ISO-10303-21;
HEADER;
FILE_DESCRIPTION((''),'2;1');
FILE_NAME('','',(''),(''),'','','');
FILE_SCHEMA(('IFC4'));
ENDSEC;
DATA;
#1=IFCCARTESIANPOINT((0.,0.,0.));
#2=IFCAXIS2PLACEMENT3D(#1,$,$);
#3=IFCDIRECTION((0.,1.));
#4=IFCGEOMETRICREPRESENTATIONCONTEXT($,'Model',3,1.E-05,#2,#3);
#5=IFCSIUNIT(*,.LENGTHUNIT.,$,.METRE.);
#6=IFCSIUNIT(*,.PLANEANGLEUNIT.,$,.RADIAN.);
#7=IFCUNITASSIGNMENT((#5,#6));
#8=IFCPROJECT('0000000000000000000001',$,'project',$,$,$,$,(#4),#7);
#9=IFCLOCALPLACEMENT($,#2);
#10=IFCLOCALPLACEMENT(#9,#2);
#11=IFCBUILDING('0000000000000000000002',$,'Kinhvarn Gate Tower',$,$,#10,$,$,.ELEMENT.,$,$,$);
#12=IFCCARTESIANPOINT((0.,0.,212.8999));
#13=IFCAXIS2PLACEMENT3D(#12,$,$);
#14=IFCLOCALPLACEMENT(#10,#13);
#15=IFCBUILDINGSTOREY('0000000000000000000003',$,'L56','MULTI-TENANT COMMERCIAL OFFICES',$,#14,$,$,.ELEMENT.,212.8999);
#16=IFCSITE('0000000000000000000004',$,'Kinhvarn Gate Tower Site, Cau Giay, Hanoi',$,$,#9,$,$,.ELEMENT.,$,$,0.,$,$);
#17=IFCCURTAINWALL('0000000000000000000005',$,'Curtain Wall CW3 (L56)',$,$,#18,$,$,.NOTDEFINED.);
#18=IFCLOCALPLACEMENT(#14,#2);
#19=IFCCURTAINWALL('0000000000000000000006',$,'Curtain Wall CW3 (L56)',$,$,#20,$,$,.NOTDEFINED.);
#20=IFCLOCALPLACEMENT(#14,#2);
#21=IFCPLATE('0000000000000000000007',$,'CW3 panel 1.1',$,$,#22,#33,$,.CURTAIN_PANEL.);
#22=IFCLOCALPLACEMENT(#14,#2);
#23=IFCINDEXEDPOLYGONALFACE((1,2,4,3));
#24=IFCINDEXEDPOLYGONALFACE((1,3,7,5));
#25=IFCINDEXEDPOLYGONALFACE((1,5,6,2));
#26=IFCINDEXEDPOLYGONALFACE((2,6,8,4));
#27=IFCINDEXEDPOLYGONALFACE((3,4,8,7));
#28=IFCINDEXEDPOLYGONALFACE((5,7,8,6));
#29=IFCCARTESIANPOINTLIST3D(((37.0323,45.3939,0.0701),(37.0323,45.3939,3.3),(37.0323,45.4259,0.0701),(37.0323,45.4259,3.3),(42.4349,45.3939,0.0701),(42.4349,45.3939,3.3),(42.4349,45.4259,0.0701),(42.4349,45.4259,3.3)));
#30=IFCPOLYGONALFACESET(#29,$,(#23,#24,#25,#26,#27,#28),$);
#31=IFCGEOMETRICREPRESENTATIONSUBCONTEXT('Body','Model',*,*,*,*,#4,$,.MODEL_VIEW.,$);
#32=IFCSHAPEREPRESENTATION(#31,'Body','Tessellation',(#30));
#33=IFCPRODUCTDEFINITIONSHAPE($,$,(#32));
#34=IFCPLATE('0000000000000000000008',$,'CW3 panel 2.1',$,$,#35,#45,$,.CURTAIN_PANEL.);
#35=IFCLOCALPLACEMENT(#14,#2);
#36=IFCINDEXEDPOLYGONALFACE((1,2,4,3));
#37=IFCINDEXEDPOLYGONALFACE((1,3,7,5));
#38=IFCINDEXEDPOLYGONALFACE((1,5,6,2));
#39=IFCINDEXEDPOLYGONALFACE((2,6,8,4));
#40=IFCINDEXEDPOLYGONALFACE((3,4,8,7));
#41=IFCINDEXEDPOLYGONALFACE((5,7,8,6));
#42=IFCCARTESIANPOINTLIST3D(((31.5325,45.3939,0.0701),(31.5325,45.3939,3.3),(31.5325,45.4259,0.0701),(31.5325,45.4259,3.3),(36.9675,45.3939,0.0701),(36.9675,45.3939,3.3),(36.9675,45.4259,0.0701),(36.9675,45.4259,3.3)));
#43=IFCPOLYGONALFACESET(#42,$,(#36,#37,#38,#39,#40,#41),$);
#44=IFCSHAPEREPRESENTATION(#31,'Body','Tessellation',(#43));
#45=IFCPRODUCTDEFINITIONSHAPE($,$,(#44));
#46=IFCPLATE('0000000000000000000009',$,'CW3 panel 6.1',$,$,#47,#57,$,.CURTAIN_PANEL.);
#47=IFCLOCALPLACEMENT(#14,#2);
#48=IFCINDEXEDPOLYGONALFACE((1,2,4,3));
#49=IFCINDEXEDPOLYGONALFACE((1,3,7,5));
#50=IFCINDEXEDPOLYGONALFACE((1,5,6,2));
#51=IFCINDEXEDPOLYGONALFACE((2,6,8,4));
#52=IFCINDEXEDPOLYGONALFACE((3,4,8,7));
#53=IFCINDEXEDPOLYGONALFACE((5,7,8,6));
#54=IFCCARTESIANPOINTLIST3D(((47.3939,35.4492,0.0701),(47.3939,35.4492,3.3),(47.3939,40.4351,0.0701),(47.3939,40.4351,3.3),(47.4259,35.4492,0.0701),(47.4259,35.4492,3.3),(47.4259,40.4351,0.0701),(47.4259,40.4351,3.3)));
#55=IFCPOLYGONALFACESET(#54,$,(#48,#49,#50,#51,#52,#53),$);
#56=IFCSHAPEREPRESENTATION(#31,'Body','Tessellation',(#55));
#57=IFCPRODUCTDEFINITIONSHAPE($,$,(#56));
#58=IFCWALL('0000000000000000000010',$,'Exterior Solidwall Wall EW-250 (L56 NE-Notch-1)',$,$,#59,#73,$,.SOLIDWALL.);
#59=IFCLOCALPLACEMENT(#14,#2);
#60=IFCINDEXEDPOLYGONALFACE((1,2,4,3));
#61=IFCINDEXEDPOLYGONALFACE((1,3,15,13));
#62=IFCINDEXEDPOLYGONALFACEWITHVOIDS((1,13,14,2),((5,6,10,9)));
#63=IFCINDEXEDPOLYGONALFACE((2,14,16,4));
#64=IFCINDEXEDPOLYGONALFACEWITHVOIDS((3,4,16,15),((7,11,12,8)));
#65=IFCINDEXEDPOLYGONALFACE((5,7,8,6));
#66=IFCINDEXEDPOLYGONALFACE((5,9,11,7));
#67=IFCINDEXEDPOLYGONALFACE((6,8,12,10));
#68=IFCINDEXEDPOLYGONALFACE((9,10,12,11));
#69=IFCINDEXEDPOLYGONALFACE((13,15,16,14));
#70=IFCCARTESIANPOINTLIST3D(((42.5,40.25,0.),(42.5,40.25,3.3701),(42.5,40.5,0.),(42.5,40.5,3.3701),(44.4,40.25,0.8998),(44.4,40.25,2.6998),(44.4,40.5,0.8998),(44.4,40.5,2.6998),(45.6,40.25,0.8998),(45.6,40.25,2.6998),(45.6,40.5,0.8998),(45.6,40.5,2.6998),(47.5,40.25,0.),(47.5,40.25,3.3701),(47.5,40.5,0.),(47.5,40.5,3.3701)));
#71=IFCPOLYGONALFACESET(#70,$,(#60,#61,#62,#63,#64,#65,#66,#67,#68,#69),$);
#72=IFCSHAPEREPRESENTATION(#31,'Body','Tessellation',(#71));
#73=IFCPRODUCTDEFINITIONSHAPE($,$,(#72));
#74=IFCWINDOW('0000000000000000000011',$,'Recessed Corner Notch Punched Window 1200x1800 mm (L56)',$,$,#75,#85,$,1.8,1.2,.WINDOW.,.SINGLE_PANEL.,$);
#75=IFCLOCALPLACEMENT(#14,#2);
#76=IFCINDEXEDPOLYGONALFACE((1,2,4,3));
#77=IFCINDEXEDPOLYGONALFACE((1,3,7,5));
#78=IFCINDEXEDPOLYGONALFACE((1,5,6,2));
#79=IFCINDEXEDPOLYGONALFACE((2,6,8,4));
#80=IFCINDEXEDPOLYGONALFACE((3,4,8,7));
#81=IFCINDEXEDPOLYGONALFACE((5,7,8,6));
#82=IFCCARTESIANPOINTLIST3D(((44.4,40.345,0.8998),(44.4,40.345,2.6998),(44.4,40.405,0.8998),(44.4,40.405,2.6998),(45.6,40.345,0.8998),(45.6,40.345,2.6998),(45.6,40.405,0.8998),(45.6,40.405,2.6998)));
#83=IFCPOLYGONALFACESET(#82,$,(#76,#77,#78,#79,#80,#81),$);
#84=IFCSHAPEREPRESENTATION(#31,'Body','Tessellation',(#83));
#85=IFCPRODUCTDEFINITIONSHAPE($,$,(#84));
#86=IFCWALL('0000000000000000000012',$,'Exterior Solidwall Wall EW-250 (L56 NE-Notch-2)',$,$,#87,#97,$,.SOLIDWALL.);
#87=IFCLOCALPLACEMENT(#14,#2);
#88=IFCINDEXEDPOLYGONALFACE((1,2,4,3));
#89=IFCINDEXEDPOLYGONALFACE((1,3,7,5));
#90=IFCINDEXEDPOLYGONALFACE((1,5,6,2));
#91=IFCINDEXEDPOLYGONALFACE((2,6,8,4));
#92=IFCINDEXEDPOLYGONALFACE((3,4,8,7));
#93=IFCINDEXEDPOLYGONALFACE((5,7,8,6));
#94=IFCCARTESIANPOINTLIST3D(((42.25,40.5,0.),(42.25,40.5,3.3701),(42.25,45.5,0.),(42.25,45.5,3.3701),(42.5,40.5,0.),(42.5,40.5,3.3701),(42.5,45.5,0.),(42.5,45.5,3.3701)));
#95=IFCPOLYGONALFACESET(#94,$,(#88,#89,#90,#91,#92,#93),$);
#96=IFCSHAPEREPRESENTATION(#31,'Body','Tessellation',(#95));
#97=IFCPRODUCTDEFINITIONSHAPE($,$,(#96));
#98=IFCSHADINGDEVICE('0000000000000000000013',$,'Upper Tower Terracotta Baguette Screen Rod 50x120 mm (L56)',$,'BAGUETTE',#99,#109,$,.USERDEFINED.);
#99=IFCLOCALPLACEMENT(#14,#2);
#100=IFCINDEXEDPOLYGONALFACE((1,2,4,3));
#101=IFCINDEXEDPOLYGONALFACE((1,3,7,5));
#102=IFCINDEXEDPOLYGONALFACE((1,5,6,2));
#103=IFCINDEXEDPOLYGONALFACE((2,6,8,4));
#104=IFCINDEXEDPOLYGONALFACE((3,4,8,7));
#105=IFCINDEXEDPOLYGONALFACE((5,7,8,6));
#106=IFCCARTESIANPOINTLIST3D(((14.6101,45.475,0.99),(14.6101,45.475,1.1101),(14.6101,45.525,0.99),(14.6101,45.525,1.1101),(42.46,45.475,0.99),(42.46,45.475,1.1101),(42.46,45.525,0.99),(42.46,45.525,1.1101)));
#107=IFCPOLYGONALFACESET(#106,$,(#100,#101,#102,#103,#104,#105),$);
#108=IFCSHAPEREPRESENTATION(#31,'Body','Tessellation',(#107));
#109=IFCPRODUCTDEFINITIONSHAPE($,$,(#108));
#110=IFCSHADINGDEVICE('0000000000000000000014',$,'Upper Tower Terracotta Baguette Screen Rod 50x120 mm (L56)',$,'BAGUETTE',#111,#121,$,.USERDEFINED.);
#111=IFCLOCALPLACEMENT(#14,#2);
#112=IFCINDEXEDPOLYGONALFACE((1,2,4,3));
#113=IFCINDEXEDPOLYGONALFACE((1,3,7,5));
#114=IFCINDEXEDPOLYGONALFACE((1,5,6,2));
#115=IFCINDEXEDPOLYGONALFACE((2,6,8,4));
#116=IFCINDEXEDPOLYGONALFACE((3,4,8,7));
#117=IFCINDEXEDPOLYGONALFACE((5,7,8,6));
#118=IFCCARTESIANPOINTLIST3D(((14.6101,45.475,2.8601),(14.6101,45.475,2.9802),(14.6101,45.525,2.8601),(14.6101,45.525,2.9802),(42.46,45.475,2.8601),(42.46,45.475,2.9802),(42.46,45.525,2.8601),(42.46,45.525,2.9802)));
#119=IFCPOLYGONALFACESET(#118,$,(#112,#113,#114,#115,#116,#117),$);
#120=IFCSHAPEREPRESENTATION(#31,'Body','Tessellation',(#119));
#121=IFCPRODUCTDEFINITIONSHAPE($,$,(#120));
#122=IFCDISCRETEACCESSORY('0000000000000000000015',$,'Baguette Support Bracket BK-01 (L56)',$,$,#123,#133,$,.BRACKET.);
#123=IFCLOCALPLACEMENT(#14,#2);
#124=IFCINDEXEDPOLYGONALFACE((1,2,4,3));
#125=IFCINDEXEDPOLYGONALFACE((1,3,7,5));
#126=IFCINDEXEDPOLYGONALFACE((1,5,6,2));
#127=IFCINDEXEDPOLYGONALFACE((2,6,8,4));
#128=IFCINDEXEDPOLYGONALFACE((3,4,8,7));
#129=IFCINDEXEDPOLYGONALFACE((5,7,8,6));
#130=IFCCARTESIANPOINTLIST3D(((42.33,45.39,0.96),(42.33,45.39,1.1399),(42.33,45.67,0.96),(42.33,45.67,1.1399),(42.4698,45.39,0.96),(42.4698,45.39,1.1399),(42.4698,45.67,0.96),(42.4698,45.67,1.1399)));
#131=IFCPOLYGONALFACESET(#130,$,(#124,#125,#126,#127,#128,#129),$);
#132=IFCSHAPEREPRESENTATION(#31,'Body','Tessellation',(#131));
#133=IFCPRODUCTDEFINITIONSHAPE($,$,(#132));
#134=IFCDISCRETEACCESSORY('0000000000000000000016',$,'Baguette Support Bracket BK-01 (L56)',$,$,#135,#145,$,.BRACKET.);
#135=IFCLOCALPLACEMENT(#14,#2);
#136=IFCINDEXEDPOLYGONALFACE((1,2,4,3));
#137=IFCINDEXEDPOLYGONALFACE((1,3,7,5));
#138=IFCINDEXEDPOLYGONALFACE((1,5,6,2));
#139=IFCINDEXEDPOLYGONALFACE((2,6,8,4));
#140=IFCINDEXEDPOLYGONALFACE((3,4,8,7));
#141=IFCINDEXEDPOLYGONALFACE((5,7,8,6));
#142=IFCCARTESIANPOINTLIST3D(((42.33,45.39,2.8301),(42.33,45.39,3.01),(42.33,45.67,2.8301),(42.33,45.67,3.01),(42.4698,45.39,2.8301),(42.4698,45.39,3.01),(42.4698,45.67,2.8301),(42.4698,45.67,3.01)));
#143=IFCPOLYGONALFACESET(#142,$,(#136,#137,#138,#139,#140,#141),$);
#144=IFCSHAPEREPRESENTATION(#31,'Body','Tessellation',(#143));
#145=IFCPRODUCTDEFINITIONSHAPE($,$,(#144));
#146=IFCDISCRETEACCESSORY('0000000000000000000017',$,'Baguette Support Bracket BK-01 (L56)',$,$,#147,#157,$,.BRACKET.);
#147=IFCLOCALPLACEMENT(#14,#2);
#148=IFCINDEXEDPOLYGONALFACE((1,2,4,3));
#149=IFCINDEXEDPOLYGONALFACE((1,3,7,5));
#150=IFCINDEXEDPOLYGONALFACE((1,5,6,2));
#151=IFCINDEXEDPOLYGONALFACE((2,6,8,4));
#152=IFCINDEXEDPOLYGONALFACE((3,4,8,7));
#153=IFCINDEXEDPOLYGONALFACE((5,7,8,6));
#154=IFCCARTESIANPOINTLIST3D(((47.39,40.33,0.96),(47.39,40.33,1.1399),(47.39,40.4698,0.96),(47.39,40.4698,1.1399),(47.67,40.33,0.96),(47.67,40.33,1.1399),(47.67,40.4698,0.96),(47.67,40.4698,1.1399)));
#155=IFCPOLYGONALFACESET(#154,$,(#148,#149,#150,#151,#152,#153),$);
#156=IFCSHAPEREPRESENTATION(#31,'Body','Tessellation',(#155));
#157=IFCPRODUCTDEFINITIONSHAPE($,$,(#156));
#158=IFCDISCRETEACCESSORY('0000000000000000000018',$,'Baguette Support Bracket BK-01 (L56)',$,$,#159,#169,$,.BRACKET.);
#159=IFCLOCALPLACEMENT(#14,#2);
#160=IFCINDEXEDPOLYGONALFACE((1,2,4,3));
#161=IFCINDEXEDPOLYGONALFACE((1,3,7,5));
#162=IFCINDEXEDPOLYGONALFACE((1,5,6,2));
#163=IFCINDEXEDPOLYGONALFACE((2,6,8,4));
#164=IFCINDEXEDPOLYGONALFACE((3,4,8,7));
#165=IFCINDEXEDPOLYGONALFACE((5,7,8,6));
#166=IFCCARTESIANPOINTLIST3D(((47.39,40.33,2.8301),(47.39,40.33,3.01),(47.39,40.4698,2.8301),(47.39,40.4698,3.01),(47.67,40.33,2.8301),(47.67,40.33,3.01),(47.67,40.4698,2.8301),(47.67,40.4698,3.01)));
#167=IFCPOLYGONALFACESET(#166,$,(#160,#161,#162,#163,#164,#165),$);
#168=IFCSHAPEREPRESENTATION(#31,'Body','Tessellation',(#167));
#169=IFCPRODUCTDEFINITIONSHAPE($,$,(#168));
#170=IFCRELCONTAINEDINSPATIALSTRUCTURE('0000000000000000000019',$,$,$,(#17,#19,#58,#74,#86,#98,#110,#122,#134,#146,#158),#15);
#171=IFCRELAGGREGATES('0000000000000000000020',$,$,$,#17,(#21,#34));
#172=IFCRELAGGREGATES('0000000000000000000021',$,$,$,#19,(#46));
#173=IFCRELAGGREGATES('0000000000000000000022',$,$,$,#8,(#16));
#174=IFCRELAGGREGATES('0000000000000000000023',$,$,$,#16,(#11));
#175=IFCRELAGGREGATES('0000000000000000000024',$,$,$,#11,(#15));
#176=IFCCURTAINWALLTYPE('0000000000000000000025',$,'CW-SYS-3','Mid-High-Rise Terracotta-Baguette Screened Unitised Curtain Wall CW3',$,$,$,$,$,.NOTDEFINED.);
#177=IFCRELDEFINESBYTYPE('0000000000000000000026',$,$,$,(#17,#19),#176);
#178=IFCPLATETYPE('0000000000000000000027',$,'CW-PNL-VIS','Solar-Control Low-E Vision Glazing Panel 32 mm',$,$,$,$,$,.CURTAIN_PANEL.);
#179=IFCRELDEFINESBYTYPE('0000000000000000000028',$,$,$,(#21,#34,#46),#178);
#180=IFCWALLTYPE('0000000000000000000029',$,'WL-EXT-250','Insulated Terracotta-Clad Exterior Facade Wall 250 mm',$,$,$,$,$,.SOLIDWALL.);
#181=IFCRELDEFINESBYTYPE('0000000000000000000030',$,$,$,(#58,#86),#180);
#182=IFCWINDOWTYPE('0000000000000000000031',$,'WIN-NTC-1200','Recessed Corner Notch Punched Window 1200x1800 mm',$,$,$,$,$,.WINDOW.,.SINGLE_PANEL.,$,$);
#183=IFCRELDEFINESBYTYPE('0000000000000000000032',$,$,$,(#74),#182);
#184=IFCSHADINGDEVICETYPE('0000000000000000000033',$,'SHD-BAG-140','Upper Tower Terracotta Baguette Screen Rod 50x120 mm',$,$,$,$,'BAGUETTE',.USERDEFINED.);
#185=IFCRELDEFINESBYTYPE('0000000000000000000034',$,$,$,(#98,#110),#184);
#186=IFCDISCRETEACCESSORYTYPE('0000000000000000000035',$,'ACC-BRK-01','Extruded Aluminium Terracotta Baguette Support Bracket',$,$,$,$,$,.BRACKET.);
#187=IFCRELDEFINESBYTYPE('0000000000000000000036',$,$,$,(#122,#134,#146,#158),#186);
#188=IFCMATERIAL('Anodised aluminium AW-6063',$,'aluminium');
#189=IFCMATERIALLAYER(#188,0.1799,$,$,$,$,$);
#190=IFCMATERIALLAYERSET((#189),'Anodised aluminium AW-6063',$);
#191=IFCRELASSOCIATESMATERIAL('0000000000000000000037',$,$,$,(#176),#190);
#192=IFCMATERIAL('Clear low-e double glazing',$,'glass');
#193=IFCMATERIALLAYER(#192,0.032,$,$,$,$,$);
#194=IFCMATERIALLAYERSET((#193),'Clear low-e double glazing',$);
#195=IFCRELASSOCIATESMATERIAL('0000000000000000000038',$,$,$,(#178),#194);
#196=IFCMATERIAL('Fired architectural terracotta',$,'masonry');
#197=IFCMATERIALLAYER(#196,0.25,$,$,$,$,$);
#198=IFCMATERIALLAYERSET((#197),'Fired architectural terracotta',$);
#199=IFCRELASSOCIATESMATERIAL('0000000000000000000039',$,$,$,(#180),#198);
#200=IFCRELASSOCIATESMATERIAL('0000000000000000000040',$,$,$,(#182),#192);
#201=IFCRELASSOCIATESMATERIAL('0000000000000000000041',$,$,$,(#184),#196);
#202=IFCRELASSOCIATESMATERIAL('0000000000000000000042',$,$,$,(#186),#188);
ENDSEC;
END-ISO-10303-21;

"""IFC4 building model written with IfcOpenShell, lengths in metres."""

from ifc_helpers import new_model, si_unit, direction, frame, frame_2d, origin, origin_2d, place, context, subcontext, project, spatial, rectangle, extrude, material, layer, layer_set, material_profile, profile_set, type_object, element, fill, aggregate, save


model = new_model("IFC4")

# Units and contexts
model_context = context("Model", 3, precision=1e-05, world=origin(), true_north=direction((0.0, 1.0)))
body_context = subcontext(model_context, "Body", "Model", "MODEL_VIEW")
ifc_project = project(units=[si_unit("LENGTHUNIT", "METRE"), si_unit("PLANEANGLEUNIT", "RADIAN")], contexts=[model_context])

# Site, building, storey
site_placement = place(None, origin())
site = spatial("IfcSite", under=ifc_project, at=site_placement, Name="Kinhvarn Gate Tower Site, Cau Giay, Hanoi", CompositionType="ELEMENT", RefElevation=0.0)
building_placement = place(site_placement, origin())
building = spatial("IfcBuilding", under=site, at=building_placement, Name="Kinhvarn Gate Tower", CompositionType="ELEMENT")
storey_placement = place(building_placement, frame((0.0, 0.0, 212.8999)))
storey = spatial("IfcBuildingStorey", under=building, at=storey_placement, Name="L56", Description="MULTI-TENANT COMMERCIAL OFFICES", CompositionType="ELEMENT", Elevation=212.8999)

# Curtain wall
ifc_material_1 = material(Name="Anodised aluminium AW-6063", Category="aluminium")
ifc_layer_1 = layer(ifc_material_1, 0.1799)
ifc_layer_set_1 = layer_set([ifc_layer_1], Name="Anodised aluminium AW-6063")
curtain_wall_type = type_object("IfcCurtainWallType", Name="CW-SYS-3", Description="Mid-High-Rise Terracotta-Baguette Screened Unitised Curtain Wall CW3", PredefinedType="NOTDEFINED", material=ifc_layer_set_1)
curtain_wall_1_placement = place(storey_placement, origin())
curtain_wall_1 = element("IfcCurtainWall", 1, at=curtain_wall_1_placement, inside=storey, type_object=curtain_wall_type, Name="Curtain Wall CW3 (L56)", PredefinedType="NOTDEFINED")

# Curtain wall
curtain_wall_2_placement = place(storey_placement, origin())
curtain_wall_2 = element("IfcCurtainWall", 2, at=curtain_wall_2_placement, inside=storey, type_object=curtain_wall_type, Name="Curtain Wall CW3 (L56)", PredefinedType="NOTDEFINED")

# Plates
ifc_material_2 = material(Name="Clear low-e double glazing", Category="glass")
ifc_layer_2 = layer(ifc_material_2, 0.032)
ifc_layer_set_2 = layer_set([ifc_layer_2], Name="Clear low-e double glazing")
plate_type = type_object("IfcPlateType", Name="CW-PNL-VIS", Description="Solar-Control Low-E Vision Glazing Panel 32 mm", PredefinedType="CURTAIN_PANEL", material=ifc_layer_set_2)
plate_1_placement = place(storey_placement, frame((39.7336, 45.4099, 0.0701), z_axis=(0.0, 0.0, 1.0), x_axis=(-1.0, 0.0, 0.0)))
plate_1 = element("IfcPlate", 3, at=plate_1_placement, type_object=plate_type, Name="CW3 panel 1.1", PredefinedType="CURTAIN_PANEL", context=body_context, shape_type="SweptSolid", body=[
    extrude(rectangle(XDim=5.4026, YDim=0.032, at=origin_2d()), origin(), (0.0, 0.0, 1.0), 3.23),
])
plate_2_placement = place(storey_placement, frame((34.25, 45.4099, 0.0701), z_axis=(0.0, 0.0, 1.0), x_axis=(-1.0, 0.0, 0.0)))
plate_2 = element("IfcPlate", 4, at=plate_2_placement, type_object=plate_type, Name="CW3 panel 2.1", PredefinedType="CURTAIN_PANEL", context=body_context, shape_type="SweptSolid", body=[
    extrude(rectangle(XDim=5.4351, YDim=0.032, at=origin_2d()), origin(), (0.0, 0.0, 1.0), 3.23),
])
aggregate(curtain_wall_1, [plate_1, plate_2])
plate_3_placement = place(storey_placement, frame((47.4099, 37.9421, 0.0701), z_axis=(0.0, 0.0, 1.0), x_axis=(0.0, 1.0, 0.0)))
plate_3 = element("IfcPlate", 5, at=plate_3_placement, type_object=plate_type, Name="CW3 panel 6.1", PredefinedType="CURTAIN_PANEL", context=body_context, shape_type="SweptSolid", body=[
    extrude(rectangle(XDim=4.9858, YDim=0.032, at=origin_2d()), origin(), (0.0, 0.0, 1.0), 3.23),
])
aggregate(curtain_wall_2, [plate_3])

# Wall, opening, window
ifc_material_3 = material(Name="Fired architectural terracotta", Category="masonry")
ifc_layer_3 = layer(ifc_material_3, 0.25)
ifc_layer_set_3 = layer_set([ifc_layer_3], Name="Fired architectural terracotta")
wall_type = type_object("IfcWallType", Name="WL-EXT-250", Description="Insulated Terracotta-Clad Exterior Facade Wall 250 mm", PredefinedType="SOLIDWALL", material=ifc_layer_set_3)
wall_1_placement = place(storey_placement, frame((47.5, 40.375, 0.0), z_axis=(0.0, 0.0, 1.0), x_axis=(-1.0, 0.0, 0.0)))
wall_1 = element("IfcWall", 6, at=wall_1_placement, inside=storey, type_object=wall_type, Name="Exterior Solidwall Wall EW-250 (L56 NE-Notch-1)", PredefinedType="SOLIDWALL", context=body_context, shape_type="SweptSolid", body=[
    extrude(rectangle(XDim=5.0, YDim=0.25, at=frame_2d((2.5, 0.0))), origin(), (0.0, 0.0, 1.0), 3.3701),
])
opening_placement = place(wall_1_placement, frame((1.8999, 0.0, 0.8999)))
opening = element("IfcOpeningElement", 7, at=opening_placement, cuts=wall_1, PredefinedType="OPENING", context=body_context, shape_type="SweptSolid", body=[
    extrude(rectangle(XDim=1.2, YDim=1.8, at=frame_2d((0.6001, 0.8999))), frame((0.0, 0.135, 0.0), z_axis=(0.0, -1.0, 0.0), x_axis=(1.0, 0.0, 0.0)), (0.0, 0.0, 1.0), 0.27),
])
window_type = type_object("IfcWindowType", Name="WIN-NTC-1200", Description="Recessed Corner Notch Punched Window 1200x1800 mm", PartitioningType="SINGLE_PANEL", PredefinedType="WINDOW", material=ifc_material_2)
window_placement = place(opening_placement, origin())
window = element("IfcWindow", 8, at=window_placement, inside=storey, type_object=window_type, Name="Recessed Corner Notch Punched Window 1200x1800 mm (L56)", OverallHeight=1.8, OverallWidth=1.2, PartitioningType="SINGLE_PANEL", PredefinedType="WINDOW", context=body_context, shape_type="SweptSolid", body=[
    extrude(rectangle(XDim=1.2, YDim=1.8, at=frame_2d((0.6001, 0.8999))), frame((0.0, 0.03, 0.0), z_axis=(0.0, -1.0, 0.0), x_axis=(1.0, 0.0, 0.0)), (0.0, 0.0, 1.0), 0.0601),
])
fill(opening, window)

# Wall
wall_2_placement = place(storey_placement, frame((42.375, 40.5, 0.0), z_axis=(0.0, 0.0, 1.0), x_axis=(0.0, 1.0, 0.0)))
element("IfcWall", 9, at=wall_2_placement, inside=storey, type_object=wall_type, Name="Exterior Solidwall Wall EW-250 (L56 NE-Notch-2)", PredefinedType="SOLIDWALL", context=body_context, shape_type="SweptSolid", body=[
    extrude(rectangle(XDim=5.0, YDim=0.25, at=frame_2d((2.5, 0.0))), origin(), (0.0, 0.0, 1.0), 3.3701),
])

# Shading devices
ifc_material_profile_1 = material_profile(ifc_material_3, rectangle(XDim=0.05, YDim=0.1201, at=origin_2d()), Name="TC 50x120")
ifc_profile_set_1 = profile_set([ifc_material_profile_1], Name="Fired architectural terracotta")
shading_device_type = type_object("IfcShadingDeviceType", Name="SHD-BAG-140", Description="Upper Tower Terracotta Baguette Screen Rod 50x120 mm", ElementType="BAGUETTE", PredefinedType="USERDEFINED", material=ifc_profile_set_1)
for number, where, z_axis, x_axis, name in (
    (10, (42.46, 45.5, 1.05), (-1.0, 0.0, 0.0), (0.0, -1.0, 0.0), "Upper Tower Terracotta Baguette Screen Rod 50x120 mm (L56)"),
    (11, (42.46, 45.5, 2.9202), (-1.0, 0.0, 0.0), (0.0, -1.0, 0.0), "Upper Tower Terracotta Baguette Screen Rod 50x120 mm (L56)"),
):
    element("IfcShadingDevice", number, at=place(storey_placement, frame(where, z_axis=z_axis, x_axis=x_axis)), inside=storey, type_object=shading_device_type, Name=name, ObjectType="BAGUETTE", PredefinedType="USERDEFINED", context=body_context, shape_type="SweptSolid", body=[
        extrude(rectangle(XDim=0.05, YDim=0.1201, at=origin_2d()), origin(), (0.0, 0.0, 1.0), 27.8499),
    ])

# Discrete accessories
discrete_accessory_type = type_object("IfcDiscreteAccessoryType", Name="ACC-BRK-01", Description="Extruded Aluminium Terracotta Baguette Support Bracket", PredefinedType="BRACKET", material=ifc_material_1)
for number, where, z_axis, x_axis, name in (
    (12, (42.3999, 45.53, 0.96), (0.0, 0.0, 1.0), (-1.0, 0.0, 0.0), "Baguette Support Bracket BK-01 (L56)"),
    (13, (42.3999, 45.53, 2.8301), (0.0, 0.0, 1.0), (-1.0, 0.0, 0.0), "Baguette Support Bracket BK-01 (L56)"),
    (14, (47.53, 40.3999, 0.96), (0.0, 0.0, 1.0), (0.0, 1.0, 0.0), "Baguette Support Bracket BK-01 (L56)"),
    (15, (47.53, 40.3999, 2.8301), (0.0, 0.0, 1.0), (0.0, 1.0, 0.0), "Baguette Support Bracket BK-01 (L56)"),
):
    element("IfcDiscreteAccessory", number, at=place(storey_placement, frame(where, z_axis=z_axis, x_axis=x_axis)), inside=storey, type_object=discrete_accessory_type, Name=name, PredefinedType="BRACKET", context=body_context, shape_type="SweptSolid", body=[
        extrude(rectangle(XDim=0.1399, YDim=0.28, at=origin_2d()), origin(), (0.0, 0.0, 1.0), 0.1799),
    ])

save(model, "model.ifc")
